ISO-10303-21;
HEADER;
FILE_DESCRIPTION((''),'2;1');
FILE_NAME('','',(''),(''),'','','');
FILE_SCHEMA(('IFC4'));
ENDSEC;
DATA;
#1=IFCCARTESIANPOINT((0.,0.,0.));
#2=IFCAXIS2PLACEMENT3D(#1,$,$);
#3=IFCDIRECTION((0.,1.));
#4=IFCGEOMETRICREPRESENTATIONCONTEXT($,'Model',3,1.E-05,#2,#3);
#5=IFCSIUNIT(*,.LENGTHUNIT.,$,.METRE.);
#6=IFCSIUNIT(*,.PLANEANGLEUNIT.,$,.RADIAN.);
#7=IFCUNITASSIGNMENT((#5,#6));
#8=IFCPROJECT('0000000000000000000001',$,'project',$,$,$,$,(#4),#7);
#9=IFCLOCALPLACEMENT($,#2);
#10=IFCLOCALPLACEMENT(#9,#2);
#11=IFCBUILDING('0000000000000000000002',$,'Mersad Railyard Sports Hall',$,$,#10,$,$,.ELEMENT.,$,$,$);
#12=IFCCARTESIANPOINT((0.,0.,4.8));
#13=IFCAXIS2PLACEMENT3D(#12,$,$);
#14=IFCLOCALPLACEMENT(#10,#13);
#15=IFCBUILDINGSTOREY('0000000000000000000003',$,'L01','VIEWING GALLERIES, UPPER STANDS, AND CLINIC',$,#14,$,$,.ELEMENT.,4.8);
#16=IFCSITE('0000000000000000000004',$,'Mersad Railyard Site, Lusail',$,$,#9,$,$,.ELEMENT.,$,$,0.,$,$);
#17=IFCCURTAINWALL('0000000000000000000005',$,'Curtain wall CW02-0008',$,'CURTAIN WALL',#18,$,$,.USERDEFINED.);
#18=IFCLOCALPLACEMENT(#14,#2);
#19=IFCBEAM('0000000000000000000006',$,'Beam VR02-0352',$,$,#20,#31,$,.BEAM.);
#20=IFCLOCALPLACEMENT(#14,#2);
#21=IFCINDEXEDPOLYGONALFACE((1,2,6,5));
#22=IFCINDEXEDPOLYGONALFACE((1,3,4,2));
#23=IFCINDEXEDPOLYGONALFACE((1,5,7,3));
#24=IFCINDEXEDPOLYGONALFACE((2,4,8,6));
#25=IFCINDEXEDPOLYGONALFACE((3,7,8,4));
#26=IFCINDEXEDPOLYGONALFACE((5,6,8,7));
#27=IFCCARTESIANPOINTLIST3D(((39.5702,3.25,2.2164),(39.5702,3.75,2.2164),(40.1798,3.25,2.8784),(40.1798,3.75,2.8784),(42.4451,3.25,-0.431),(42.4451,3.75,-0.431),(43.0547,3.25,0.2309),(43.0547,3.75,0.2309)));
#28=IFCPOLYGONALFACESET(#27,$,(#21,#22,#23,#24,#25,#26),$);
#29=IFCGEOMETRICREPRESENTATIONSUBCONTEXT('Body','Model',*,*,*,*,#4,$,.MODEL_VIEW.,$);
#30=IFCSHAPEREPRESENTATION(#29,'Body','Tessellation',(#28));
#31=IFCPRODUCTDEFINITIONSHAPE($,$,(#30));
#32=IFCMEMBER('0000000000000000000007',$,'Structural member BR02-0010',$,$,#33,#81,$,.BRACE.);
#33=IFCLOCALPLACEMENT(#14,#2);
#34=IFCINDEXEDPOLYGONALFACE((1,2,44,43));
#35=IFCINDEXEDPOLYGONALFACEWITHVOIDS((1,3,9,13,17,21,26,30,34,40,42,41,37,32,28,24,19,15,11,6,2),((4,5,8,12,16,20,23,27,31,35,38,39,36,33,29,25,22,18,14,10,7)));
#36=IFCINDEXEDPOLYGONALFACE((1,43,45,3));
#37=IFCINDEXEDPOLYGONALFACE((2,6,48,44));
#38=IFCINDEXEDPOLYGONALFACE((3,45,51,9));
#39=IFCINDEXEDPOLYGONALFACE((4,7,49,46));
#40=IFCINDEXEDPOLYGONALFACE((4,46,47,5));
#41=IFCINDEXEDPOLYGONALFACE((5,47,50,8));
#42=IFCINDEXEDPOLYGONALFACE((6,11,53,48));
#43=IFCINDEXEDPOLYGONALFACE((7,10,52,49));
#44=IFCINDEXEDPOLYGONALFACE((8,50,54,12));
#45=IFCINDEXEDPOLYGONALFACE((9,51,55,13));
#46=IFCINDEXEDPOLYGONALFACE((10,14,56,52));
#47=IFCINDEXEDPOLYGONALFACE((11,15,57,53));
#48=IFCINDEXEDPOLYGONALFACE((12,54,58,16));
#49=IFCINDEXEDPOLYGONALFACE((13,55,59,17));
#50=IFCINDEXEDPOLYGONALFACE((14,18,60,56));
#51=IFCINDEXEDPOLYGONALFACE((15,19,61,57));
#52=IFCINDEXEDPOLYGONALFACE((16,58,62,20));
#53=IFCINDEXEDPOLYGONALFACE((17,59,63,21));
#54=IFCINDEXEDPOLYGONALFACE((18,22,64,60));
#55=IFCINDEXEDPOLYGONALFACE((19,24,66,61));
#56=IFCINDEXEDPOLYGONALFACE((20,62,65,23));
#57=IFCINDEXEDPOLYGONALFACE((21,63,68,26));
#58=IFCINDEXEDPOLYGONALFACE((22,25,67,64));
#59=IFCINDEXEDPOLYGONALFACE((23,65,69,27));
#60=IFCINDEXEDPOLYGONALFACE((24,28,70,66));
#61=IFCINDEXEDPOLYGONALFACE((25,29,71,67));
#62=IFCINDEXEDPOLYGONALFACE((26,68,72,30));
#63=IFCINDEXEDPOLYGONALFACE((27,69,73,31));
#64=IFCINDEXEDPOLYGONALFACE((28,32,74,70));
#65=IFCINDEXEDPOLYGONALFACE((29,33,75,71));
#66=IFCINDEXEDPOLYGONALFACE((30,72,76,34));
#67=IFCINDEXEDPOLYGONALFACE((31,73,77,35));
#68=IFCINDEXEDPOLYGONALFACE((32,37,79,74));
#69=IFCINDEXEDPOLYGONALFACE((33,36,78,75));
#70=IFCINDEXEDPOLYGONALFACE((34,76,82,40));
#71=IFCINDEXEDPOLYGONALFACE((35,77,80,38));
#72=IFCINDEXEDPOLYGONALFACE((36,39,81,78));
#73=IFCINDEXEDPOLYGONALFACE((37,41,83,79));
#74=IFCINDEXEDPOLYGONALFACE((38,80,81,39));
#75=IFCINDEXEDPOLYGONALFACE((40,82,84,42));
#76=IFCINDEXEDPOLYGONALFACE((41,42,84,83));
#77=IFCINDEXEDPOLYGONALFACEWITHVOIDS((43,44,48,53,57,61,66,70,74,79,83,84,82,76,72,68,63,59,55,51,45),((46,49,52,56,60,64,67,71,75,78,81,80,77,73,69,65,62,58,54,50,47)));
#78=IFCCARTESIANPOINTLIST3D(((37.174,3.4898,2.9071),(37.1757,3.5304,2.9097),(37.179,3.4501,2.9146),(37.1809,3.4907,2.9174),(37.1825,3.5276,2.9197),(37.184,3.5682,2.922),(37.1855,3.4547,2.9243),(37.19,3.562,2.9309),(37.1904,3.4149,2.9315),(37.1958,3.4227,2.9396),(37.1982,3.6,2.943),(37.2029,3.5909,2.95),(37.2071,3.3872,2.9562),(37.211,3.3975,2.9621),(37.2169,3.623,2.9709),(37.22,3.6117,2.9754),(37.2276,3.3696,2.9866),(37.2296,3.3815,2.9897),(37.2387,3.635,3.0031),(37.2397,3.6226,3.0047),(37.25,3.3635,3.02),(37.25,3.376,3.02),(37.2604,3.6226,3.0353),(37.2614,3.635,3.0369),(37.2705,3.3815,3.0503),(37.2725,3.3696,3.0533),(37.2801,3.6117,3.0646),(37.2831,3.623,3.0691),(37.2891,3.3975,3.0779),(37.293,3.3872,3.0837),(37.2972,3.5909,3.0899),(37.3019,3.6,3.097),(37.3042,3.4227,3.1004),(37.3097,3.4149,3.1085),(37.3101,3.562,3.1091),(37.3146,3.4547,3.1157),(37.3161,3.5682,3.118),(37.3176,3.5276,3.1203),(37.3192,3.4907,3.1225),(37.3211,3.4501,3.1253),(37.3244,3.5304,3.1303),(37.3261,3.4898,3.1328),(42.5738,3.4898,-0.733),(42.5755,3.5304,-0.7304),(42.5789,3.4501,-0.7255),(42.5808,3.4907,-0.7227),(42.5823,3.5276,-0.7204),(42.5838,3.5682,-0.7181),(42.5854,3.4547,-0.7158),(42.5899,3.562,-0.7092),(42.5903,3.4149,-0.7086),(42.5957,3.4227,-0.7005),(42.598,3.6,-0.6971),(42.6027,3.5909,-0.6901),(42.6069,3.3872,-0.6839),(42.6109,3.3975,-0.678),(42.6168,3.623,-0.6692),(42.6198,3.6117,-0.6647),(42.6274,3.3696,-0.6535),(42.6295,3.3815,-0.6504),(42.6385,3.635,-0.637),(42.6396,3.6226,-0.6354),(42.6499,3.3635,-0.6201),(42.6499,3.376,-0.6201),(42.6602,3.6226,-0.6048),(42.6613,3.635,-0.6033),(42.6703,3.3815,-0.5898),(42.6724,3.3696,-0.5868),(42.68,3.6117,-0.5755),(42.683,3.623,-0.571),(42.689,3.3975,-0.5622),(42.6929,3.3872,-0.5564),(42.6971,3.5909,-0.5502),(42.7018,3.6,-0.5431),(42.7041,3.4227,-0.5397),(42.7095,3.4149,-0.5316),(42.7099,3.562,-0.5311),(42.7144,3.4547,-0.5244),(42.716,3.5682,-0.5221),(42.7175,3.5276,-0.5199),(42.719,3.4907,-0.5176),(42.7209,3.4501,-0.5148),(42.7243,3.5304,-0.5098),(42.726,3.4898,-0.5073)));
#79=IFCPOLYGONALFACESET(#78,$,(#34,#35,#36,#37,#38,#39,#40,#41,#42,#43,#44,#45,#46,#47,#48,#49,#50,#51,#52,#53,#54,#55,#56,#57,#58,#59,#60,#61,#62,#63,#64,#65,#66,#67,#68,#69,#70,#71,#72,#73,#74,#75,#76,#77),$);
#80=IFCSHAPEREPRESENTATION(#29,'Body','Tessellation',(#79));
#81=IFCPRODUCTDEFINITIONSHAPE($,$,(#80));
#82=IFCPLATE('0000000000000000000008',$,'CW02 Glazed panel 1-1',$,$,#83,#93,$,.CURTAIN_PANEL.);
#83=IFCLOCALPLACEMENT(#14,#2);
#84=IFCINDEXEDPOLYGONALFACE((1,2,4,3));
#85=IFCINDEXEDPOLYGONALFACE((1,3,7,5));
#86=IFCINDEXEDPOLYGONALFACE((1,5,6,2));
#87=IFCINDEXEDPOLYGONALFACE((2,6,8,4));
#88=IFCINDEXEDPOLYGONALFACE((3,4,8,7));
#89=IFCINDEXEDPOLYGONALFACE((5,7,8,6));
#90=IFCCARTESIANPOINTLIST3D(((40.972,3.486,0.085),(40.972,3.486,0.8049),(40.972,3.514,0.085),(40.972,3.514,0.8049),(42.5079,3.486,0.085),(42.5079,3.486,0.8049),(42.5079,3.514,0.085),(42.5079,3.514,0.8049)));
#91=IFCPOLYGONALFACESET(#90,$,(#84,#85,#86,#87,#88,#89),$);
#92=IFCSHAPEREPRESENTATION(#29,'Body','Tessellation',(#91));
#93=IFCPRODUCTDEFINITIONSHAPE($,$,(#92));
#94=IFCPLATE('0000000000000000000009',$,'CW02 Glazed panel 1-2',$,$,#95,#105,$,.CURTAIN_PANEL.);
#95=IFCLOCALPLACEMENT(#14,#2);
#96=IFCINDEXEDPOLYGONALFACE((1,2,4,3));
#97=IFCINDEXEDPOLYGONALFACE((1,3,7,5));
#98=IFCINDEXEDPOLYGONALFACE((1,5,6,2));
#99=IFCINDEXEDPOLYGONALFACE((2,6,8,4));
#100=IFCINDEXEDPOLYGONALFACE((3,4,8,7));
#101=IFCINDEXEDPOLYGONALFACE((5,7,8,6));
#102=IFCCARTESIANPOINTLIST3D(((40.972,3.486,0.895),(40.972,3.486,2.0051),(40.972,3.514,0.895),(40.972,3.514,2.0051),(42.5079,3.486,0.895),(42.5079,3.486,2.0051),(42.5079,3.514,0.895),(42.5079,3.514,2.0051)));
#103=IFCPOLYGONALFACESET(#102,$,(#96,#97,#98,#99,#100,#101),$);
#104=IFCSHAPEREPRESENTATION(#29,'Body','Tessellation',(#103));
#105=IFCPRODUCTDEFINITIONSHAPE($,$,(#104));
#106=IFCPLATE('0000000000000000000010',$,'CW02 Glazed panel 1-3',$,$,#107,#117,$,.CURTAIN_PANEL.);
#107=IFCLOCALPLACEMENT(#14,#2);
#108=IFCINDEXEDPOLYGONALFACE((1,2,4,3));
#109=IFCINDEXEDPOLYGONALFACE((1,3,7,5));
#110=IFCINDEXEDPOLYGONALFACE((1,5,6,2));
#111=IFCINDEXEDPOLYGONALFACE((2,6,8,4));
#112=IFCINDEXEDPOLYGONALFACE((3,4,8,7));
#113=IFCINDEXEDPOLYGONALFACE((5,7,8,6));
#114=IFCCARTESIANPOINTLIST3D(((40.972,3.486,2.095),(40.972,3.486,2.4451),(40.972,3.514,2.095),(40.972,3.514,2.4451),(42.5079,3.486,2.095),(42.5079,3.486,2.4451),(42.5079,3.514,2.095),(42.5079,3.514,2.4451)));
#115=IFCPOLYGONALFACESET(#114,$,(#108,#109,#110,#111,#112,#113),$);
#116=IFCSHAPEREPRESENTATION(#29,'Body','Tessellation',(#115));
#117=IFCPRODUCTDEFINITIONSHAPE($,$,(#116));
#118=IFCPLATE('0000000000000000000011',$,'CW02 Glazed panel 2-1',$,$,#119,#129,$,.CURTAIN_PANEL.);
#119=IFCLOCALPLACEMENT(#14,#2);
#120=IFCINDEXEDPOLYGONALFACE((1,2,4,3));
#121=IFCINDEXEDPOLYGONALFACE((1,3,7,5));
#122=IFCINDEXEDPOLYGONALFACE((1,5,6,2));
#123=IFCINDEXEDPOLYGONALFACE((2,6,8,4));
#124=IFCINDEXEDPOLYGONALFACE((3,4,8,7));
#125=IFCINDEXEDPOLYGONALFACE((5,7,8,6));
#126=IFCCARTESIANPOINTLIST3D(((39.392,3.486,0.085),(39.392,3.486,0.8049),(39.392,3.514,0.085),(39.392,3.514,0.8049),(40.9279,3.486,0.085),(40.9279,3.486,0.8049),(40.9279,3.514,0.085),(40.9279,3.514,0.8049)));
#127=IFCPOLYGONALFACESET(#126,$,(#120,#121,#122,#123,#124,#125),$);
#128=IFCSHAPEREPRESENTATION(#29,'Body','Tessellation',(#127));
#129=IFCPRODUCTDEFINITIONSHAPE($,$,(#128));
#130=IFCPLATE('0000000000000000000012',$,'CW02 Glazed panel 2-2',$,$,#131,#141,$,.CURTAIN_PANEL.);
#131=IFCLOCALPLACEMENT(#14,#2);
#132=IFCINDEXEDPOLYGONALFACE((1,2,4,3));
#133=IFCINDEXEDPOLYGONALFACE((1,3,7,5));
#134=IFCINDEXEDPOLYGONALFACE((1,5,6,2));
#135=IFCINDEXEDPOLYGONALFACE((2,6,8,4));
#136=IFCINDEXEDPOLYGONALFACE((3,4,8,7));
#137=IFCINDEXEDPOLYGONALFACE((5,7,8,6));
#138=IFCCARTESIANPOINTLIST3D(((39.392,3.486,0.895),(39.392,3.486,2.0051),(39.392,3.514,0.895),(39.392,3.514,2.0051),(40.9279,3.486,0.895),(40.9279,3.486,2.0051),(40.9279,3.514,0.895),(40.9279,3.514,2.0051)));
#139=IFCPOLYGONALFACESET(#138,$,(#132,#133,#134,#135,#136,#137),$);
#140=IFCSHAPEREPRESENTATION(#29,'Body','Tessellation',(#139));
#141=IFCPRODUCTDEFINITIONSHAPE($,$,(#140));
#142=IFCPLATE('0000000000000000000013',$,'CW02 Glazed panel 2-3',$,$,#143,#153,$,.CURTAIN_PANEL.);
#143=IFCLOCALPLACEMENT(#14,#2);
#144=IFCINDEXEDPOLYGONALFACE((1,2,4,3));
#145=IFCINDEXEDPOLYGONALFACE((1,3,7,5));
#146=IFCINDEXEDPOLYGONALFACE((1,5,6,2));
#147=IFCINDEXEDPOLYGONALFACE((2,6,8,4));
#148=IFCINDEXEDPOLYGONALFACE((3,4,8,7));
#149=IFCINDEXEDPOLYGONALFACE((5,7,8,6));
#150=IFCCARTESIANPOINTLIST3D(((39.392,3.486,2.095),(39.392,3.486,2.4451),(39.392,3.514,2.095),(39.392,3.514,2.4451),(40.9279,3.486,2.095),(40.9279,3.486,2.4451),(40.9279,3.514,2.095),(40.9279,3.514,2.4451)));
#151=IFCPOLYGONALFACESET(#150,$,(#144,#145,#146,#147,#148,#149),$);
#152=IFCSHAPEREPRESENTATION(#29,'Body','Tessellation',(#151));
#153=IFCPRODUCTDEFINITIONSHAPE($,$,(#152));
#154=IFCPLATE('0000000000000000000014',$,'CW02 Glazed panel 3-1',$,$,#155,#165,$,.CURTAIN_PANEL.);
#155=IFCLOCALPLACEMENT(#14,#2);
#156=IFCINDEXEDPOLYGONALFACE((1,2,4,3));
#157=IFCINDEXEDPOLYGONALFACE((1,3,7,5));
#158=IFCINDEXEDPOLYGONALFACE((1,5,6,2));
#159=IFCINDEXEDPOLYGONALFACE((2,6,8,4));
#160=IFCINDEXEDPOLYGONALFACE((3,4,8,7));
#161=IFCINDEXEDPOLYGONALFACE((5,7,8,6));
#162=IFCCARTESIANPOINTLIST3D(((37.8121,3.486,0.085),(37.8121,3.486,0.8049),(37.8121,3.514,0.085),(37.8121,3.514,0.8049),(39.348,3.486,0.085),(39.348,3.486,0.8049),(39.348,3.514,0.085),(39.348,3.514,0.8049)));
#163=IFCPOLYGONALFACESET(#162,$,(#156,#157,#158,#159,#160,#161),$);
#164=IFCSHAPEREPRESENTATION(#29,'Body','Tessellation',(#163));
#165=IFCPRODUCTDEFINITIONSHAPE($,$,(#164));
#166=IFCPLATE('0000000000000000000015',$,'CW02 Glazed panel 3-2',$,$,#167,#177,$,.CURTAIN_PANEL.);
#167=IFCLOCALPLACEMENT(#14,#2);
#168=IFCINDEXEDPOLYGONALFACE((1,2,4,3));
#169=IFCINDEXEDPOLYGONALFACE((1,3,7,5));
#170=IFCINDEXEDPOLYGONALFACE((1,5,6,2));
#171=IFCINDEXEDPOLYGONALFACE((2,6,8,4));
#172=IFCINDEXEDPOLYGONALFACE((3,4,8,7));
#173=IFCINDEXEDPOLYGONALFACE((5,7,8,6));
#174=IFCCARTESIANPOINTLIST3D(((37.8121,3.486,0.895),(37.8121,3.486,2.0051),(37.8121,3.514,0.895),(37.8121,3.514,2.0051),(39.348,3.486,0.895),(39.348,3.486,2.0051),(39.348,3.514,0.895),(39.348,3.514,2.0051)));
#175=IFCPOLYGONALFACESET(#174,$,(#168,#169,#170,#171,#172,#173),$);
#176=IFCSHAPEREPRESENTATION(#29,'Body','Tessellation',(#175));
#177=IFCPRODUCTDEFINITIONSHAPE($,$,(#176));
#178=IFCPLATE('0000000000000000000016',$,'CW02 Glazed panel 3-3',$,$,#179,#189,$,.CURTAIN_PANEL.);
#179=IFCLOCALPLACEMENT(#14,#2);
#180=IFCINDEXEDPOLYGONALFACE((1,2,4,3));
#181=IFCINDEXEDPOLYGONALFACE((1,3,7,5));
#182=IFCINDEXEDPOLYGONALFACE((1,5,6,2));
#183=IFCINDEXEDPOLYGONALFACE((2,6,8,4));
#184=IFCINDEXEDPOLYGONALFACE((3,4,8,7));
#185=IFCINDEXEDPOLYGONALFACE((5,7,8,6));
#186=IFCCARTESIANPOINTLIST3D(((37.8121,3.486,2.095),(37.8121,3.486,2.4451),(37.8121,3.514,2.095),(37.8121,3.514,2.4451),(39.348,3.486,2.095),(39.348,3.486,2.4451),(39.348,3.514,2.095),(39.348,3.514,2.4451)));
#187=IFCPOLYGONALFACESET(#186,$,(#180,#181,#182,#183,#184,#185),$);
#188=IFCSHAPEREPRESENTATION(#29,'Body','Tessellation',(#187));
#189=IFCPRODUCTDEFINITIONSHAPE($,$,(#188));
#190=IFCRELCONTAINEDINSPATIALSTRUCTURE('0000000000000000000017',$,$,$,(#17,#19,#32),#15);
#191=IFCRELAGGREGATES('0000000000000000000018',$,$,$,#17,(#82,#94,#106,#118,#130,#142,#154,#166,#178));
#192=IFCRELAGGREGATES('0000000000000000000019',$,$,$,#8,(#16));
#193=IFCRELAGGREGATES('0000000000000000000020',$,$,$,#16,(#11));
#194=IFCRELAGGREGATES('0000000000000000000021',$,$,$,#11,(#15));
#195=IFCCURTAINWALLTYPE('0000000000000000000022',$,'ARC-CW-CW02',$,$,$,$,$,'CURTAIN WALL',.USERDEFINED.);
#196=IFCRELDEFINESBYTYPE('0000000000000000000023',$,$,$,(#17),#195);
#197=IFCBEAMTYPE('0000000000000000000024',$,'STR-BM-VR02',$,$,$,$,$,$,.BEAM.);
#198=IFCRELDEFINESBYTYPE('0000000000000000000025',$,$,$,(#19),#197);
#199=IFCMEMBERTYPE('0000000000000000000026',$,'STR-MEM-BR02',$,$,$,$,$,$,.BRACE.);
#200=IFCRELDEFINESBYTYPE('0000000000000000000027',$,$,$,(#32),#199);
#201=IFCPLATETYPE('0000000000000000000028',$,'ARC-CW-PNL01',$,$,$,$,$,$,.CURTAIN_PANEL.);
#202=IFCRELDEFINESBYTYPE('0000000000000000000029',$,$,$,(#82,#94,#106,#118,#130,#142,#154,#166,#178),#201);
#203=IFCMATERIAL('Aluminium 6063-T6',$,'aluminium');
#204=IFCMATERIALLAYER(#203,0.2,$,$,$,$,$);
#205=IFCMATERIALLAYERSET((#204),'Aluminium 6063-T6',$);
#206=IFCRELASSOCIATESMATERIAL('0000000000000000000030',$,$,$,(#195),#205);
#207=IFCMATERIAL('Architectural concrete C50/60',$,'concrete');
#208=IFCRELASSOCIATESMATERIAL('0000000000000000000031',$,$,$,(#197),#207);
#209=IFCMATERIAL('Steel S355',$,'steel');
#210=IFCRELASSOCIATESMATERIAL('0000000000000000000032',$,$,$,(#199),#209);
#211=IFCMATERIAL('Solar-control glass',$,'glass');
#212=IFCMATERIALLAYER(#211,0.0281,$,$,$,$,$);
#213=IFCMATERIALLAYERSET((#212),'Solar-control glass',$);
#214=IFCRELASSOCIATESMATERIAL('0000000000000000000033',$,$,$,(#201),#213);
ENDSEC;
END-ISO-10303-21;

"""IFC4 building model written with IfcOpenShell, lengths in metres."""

from ifc_helpers import new_model, si_unit, direction, frame, origin, origin_2d, place, context, subcontext, project, spatial, rectangle, hollow_circle, extrude, material, layer, layer_set, material_profile, profile_set, type_object, element, aggregate, save


model = new_model("IFC4")

# Units and contexts
model_context = context("Model", 3, precision=1e-05, world=origin(), true_north=direction((0.0, 1.0)))
body_context = subcontext(model_context, "Body", "Model", "MODEL_VIEW")
ifc_project = project(units=[si_unit("LENGTHUNIT", "METRE"), si_unit("PLANEANGLEUNIT", "RADIAN")], contexts=[model_context])

# Site, building, storey
site_placement = place(None, origin())
site = spatial("IfcSite", under=ifc_project, at=site_placement, Name="Mersad Railyard Site, Lusail", CompositionType="ELEMENT", RefElevation=0.0)
building_placement = place(site_placement, origin())
building = spatial("IfcBuilding", under=site, at=building_placement, Name="Mersad Railyard Sports Hall", CompositionType="ELEMENT")
storey_placement = place(building_placement, frame((0.0, 0.0, 4.8)))
storey = spatial("IfcBuildingStorey", under=building, at=storey_placement, Name="L01", Description="VIEWING GALLERIES, UPPER STANDS, AND CLINIC", CompositionType="ELEMENT", Elevation=4.8)

# Shared definitions
ifc_material_1 = material(Name="Architectural concrete C50/60", Category="concrete")

# Curtain wall
ifc_material_2 = material(Name="Aluminium 6063-T6", Category="aluminium")
ifc_layer_1 = layer(ifc_material_2, 0.2)
ifc_layer_set_1 = layer_set([ifc_layer_1], Name="Aluminium 6063-T6")
curtain_wall_type = type_object("IfcCurtainWallType", Name="ARC-CW-CW02", ElementType="CURTAIN WALL", PredefinedType="USERDEFINED", material=ifc_layer_set_1)
curtain_wall_placement = place(storey_placement, origin())
curtain_wall = element("IfcCurtainWall", 1, at=curtain_wall_placement, inside=storey, type_object=curtain_wall_type, Name="Curtain wall CW02-0008", ObjectType="CURTAIN WALL", PredefinedType="USERDEFINED")

# Beam
ifc_material_profile_1 = material_profile(ifc_material_1, rectangle(XDim=0.5, YDim=0.8999, at=origin_2d()), Name="VR 500x900")
ifc_profile_set_1 = profile_set([ifc_material_profile_1], Name="Architectural concrete C50/60")
beam_type_1 = type_object("IfcBeamType", Name="STR-BM-VR02", PredefinedType="BEAM", material=ifc_profile_set_1)
beam_1_placement = place(storey_placement, frame((39.875, 3.5, 2.5474), z_axis=(0.735617, 0.0, -0.677397), x_axis=(0.0, 1.0, 0.0)))
element("IfcBeam", 2, at=beam_1_placement, inside=storey, type_object=beam_type_1, Name="Beam VR02-0352", PredefinedType="BEAM", context=body_context, shape_type="SweptSolid", body=[
    extrude(rectangle(XDim=0.5, YDim=0.8999, at=origin_2d()), origin(), (0.0, 0.0, 1.0), 3.9082),
])

# Member
ifc_material_3 = material(Name="Steel S355", Category="steel")
ifc_material_profile_2 = material_profile(ifc_material_3, hollow_circle(Radius=0.1365, WallThickness=0.0125, at=origin_2d()), Name="CHS 273x12.5")
ifc_profile_set_2 = profile_set([ifc_material_profile_2], Name="Steel S355")
member_type_1 = type_object("IfcMemberType", Name="STR-MEM-BR02", PredefinedType="BRACE", material=ifc_profile_set_2)
member_1_placement = place(storey_placement, frame((42.6499, 3.5, -0.6201), z_axis=(-0.82919, 0.0, 0.558967), x_axis=(0.0, -1.0, 0.0)))
element("IfcMember", 3, at=member_1_placement, inside=storey, type_object=member_type_1, Name="Structural member BR02-0010", PredefinedType="BRACE", context=body_context, shape_type="SweptSolid", body=[
    extrude(hollow_circle(Radius=0.1365, WallThickness=0.0125, at=origin_2d()), origin(), (0.0, 0.0, 1.0), 6.5122),
])

# Plates
ifc_material_4 = material(Name="Solar-control glass", Category="glass")
ifc_layer_2 = layer(ifc_material_4, 0.0281)
ifc_layer_set_2 = layer_set([ifc_layer_2], Name="Solar-control glass")
plate_type_1 = type_object("IfcPlateType", Name="ARC-CW-PNL01", PredefinedType="CURTAIN_PANEL", material=ifc_layer_set_2)
plate_1_placement = place(storey_placement, frame((41.74, 3.5, 0.085), z_axis=(0.0, 0.0, 1.0), x_axis=(-1.0, 0.0, 0.0)))
plate_1 = element("IfcPlate", 4, at=plate_1_placement, type_object=plate_type_1, Name="CW02 Glazed panel 1-1", PredefinedType="CURTAIN_PANEL", context=body_context, shape_type="SweptSolid", body=[
    extrude(rectangle(XDim=1.5359, YDim=0.0281, at=origin_2d()), origin(), (0.0, 0.0, 1.0), 0.72),
])
plate_2_placement = place(storey_placement, frame((41.74, 3.5, 0.895), z_axis=(0.0, 0.0, 1.0), x_axis=(-1.0, 0.0, 0.0)))
plate_2 = element("IfcPlate", 5, at=plate_2_placement, type_object=plate_type_1, Name="CW02 Glazed panel 1-2", PredefinedType="CURTAIN_PANEL", context=body_context, shape_type="SweptSolid", body=[
    extrude(rectangle(XDim=1.5359, YDim=0.0281, at=origin_2d()), origin(), (0.0, 0.0, 1.0), 1.1101),
])
plate_3_placement = place(storey_placement, frame((41.74, 3.5, 2.095), z_axis=(0.0, 0.0, 1.0), x_axis=(-1.0, 0.0, 0.0)))
plate_3 = element("IfcPlate", 6, at=plate_3_placement, type_object=plate_type_1, Name="CW02 Glazed panel 1-3", PredefinedType="CURTAIN_PANEL", context=body_context, shape_type="SweptSolid", body=[
    extrude(rectangle(XDim=1.5359, YDim=0.0281, at=origin_2d()), origin(), (0.0, 0.0, 1.0), 0.3501),
])
plate_4_placement = place(storey_placement, frame((40.1599, 3.5, 0.085), z_axis=(0.0, 0.0, 1.0), x_axis=(-1.0, 0.0, 0.0)))
plate_4 = element("IfcPlate", 7, at=plate_4_placement, type_object=plate_type_1, Name="CW02 Glazed panel 2-1", PredefinedType="CURTAIN_PANEL", context=body_context, shape_type="SweptSolid", body=[
    extrude(rectangle(XDim=1.5359, YDim=0.0281, at=origin_2d()), origin(), (0.0, 0.0, 1.0), 0.72),
])
plate_5_placement = place(storey_placement, frame((40.1599, 3.5, 0.895), z_axis=(0.0, 0.0, 1.0), x_axis=(-1.0, 0.0, 0.0)))
plate_5 = element("IfcPlate", 8, at=plate_5_placement, type_object=plate_type_1, Name="CW02 Glazed panel 2-2", PredefinedType="CURTAIN_PANEL", context=body_context, shape_type="SweptSolid", body=[
    extrude(rectangle(XDim=1.5359, YDim=0.0281, at=origin_2d()), origin(), (0.0, 0.0, 1.0), 1.1101),
])
plate_6_placement = place(storey_placement, frame((40.1599, 3.5, 2.095), z_axis=(0.0, 0.0, 1.0), x_axis=(-1.0, 0.0, 0.0)))
plate_6 = element("IfcPlate", 9, at=plate_6_placement, type_object=plate_type_1, Name="CW02 Glazed panel 2-3", PredefinedType="CURTAIN_PANEL", context=body_context, shape_type="SweptSolid", body=[
    extrude(rectangle(XDim=1.5359, YDim=0.0281, at=origin_2d()), origin(), (0.0, 0.0, 1.0), 0.3501),
])
plate_7_placement = place(storey_placement, frame((38.5801, 3.5, 0.085), z_axis=(0.0, 0.0, 1.0), x_axis=(-1.0, 0.0, 0.0)))
plate_7 = element("IfcPlate", 10, at=plate_7_placement, type_object=plate_type_1, Name="CW02 Glazed panel 3-1", PredefinedType="CURTAIN_PANEL", context=body_context, shape_type="SweptSolid", body=[
    extrude(rectangle(XDim=1.5359, YDim=0.0281, at=origin_2d()), origin(), (0.0, 0.0, 1.0), 0.72),
])
plate_8_placement = place(storey_placement, frame((38.5801, 3.5, 0.895), z_axis=(0.0, 0.0, 1.0), x_axis=(-1.0, 0.0, 0.0)))
plate_8 = element("IfcPlate", 11, at=plate_8_placement, type_object=plate_type_1, Name="CW02 Glazed panel 3-2", PredefinedType="CURTAIN_PANEL", context=body_context, shape_type="SweptSolid", body=[
    extrude(rectangle(XDim=1.5359, YDim=0.0281, at=origin_2d()), origin(), (0.0, 0.0, 1.0), 1.1101),
])
plate_9_placement = place(storey_placement, frame((38.5801, 3.5, 2.095), z_axis=(0.0, 0.0, 1.0), x_axis=(-1.0, 0.0, 0.0)))
plate_9 = element("IfcPlate", 12, at=plate_9_placement, type_object=plate_type_1, Name="CW02 Glazed panel 3-3", PredefinedType="CURTAIN_PANEL", context=body_context, shape_type="SweptSolid", body=[
    extrude(rectangle(XDim=1.5359, YDim=0.0281, at=origin_2d()), origin(), (0.0, 0.0, 1.0), 0.3501),
])
aggregate(curtain_wall, [plate_1, plate_2, plate_3, plate_4, plate_5, plate_6, plate_7, plate_8, plate_9])

save(model, "model.ifc")
